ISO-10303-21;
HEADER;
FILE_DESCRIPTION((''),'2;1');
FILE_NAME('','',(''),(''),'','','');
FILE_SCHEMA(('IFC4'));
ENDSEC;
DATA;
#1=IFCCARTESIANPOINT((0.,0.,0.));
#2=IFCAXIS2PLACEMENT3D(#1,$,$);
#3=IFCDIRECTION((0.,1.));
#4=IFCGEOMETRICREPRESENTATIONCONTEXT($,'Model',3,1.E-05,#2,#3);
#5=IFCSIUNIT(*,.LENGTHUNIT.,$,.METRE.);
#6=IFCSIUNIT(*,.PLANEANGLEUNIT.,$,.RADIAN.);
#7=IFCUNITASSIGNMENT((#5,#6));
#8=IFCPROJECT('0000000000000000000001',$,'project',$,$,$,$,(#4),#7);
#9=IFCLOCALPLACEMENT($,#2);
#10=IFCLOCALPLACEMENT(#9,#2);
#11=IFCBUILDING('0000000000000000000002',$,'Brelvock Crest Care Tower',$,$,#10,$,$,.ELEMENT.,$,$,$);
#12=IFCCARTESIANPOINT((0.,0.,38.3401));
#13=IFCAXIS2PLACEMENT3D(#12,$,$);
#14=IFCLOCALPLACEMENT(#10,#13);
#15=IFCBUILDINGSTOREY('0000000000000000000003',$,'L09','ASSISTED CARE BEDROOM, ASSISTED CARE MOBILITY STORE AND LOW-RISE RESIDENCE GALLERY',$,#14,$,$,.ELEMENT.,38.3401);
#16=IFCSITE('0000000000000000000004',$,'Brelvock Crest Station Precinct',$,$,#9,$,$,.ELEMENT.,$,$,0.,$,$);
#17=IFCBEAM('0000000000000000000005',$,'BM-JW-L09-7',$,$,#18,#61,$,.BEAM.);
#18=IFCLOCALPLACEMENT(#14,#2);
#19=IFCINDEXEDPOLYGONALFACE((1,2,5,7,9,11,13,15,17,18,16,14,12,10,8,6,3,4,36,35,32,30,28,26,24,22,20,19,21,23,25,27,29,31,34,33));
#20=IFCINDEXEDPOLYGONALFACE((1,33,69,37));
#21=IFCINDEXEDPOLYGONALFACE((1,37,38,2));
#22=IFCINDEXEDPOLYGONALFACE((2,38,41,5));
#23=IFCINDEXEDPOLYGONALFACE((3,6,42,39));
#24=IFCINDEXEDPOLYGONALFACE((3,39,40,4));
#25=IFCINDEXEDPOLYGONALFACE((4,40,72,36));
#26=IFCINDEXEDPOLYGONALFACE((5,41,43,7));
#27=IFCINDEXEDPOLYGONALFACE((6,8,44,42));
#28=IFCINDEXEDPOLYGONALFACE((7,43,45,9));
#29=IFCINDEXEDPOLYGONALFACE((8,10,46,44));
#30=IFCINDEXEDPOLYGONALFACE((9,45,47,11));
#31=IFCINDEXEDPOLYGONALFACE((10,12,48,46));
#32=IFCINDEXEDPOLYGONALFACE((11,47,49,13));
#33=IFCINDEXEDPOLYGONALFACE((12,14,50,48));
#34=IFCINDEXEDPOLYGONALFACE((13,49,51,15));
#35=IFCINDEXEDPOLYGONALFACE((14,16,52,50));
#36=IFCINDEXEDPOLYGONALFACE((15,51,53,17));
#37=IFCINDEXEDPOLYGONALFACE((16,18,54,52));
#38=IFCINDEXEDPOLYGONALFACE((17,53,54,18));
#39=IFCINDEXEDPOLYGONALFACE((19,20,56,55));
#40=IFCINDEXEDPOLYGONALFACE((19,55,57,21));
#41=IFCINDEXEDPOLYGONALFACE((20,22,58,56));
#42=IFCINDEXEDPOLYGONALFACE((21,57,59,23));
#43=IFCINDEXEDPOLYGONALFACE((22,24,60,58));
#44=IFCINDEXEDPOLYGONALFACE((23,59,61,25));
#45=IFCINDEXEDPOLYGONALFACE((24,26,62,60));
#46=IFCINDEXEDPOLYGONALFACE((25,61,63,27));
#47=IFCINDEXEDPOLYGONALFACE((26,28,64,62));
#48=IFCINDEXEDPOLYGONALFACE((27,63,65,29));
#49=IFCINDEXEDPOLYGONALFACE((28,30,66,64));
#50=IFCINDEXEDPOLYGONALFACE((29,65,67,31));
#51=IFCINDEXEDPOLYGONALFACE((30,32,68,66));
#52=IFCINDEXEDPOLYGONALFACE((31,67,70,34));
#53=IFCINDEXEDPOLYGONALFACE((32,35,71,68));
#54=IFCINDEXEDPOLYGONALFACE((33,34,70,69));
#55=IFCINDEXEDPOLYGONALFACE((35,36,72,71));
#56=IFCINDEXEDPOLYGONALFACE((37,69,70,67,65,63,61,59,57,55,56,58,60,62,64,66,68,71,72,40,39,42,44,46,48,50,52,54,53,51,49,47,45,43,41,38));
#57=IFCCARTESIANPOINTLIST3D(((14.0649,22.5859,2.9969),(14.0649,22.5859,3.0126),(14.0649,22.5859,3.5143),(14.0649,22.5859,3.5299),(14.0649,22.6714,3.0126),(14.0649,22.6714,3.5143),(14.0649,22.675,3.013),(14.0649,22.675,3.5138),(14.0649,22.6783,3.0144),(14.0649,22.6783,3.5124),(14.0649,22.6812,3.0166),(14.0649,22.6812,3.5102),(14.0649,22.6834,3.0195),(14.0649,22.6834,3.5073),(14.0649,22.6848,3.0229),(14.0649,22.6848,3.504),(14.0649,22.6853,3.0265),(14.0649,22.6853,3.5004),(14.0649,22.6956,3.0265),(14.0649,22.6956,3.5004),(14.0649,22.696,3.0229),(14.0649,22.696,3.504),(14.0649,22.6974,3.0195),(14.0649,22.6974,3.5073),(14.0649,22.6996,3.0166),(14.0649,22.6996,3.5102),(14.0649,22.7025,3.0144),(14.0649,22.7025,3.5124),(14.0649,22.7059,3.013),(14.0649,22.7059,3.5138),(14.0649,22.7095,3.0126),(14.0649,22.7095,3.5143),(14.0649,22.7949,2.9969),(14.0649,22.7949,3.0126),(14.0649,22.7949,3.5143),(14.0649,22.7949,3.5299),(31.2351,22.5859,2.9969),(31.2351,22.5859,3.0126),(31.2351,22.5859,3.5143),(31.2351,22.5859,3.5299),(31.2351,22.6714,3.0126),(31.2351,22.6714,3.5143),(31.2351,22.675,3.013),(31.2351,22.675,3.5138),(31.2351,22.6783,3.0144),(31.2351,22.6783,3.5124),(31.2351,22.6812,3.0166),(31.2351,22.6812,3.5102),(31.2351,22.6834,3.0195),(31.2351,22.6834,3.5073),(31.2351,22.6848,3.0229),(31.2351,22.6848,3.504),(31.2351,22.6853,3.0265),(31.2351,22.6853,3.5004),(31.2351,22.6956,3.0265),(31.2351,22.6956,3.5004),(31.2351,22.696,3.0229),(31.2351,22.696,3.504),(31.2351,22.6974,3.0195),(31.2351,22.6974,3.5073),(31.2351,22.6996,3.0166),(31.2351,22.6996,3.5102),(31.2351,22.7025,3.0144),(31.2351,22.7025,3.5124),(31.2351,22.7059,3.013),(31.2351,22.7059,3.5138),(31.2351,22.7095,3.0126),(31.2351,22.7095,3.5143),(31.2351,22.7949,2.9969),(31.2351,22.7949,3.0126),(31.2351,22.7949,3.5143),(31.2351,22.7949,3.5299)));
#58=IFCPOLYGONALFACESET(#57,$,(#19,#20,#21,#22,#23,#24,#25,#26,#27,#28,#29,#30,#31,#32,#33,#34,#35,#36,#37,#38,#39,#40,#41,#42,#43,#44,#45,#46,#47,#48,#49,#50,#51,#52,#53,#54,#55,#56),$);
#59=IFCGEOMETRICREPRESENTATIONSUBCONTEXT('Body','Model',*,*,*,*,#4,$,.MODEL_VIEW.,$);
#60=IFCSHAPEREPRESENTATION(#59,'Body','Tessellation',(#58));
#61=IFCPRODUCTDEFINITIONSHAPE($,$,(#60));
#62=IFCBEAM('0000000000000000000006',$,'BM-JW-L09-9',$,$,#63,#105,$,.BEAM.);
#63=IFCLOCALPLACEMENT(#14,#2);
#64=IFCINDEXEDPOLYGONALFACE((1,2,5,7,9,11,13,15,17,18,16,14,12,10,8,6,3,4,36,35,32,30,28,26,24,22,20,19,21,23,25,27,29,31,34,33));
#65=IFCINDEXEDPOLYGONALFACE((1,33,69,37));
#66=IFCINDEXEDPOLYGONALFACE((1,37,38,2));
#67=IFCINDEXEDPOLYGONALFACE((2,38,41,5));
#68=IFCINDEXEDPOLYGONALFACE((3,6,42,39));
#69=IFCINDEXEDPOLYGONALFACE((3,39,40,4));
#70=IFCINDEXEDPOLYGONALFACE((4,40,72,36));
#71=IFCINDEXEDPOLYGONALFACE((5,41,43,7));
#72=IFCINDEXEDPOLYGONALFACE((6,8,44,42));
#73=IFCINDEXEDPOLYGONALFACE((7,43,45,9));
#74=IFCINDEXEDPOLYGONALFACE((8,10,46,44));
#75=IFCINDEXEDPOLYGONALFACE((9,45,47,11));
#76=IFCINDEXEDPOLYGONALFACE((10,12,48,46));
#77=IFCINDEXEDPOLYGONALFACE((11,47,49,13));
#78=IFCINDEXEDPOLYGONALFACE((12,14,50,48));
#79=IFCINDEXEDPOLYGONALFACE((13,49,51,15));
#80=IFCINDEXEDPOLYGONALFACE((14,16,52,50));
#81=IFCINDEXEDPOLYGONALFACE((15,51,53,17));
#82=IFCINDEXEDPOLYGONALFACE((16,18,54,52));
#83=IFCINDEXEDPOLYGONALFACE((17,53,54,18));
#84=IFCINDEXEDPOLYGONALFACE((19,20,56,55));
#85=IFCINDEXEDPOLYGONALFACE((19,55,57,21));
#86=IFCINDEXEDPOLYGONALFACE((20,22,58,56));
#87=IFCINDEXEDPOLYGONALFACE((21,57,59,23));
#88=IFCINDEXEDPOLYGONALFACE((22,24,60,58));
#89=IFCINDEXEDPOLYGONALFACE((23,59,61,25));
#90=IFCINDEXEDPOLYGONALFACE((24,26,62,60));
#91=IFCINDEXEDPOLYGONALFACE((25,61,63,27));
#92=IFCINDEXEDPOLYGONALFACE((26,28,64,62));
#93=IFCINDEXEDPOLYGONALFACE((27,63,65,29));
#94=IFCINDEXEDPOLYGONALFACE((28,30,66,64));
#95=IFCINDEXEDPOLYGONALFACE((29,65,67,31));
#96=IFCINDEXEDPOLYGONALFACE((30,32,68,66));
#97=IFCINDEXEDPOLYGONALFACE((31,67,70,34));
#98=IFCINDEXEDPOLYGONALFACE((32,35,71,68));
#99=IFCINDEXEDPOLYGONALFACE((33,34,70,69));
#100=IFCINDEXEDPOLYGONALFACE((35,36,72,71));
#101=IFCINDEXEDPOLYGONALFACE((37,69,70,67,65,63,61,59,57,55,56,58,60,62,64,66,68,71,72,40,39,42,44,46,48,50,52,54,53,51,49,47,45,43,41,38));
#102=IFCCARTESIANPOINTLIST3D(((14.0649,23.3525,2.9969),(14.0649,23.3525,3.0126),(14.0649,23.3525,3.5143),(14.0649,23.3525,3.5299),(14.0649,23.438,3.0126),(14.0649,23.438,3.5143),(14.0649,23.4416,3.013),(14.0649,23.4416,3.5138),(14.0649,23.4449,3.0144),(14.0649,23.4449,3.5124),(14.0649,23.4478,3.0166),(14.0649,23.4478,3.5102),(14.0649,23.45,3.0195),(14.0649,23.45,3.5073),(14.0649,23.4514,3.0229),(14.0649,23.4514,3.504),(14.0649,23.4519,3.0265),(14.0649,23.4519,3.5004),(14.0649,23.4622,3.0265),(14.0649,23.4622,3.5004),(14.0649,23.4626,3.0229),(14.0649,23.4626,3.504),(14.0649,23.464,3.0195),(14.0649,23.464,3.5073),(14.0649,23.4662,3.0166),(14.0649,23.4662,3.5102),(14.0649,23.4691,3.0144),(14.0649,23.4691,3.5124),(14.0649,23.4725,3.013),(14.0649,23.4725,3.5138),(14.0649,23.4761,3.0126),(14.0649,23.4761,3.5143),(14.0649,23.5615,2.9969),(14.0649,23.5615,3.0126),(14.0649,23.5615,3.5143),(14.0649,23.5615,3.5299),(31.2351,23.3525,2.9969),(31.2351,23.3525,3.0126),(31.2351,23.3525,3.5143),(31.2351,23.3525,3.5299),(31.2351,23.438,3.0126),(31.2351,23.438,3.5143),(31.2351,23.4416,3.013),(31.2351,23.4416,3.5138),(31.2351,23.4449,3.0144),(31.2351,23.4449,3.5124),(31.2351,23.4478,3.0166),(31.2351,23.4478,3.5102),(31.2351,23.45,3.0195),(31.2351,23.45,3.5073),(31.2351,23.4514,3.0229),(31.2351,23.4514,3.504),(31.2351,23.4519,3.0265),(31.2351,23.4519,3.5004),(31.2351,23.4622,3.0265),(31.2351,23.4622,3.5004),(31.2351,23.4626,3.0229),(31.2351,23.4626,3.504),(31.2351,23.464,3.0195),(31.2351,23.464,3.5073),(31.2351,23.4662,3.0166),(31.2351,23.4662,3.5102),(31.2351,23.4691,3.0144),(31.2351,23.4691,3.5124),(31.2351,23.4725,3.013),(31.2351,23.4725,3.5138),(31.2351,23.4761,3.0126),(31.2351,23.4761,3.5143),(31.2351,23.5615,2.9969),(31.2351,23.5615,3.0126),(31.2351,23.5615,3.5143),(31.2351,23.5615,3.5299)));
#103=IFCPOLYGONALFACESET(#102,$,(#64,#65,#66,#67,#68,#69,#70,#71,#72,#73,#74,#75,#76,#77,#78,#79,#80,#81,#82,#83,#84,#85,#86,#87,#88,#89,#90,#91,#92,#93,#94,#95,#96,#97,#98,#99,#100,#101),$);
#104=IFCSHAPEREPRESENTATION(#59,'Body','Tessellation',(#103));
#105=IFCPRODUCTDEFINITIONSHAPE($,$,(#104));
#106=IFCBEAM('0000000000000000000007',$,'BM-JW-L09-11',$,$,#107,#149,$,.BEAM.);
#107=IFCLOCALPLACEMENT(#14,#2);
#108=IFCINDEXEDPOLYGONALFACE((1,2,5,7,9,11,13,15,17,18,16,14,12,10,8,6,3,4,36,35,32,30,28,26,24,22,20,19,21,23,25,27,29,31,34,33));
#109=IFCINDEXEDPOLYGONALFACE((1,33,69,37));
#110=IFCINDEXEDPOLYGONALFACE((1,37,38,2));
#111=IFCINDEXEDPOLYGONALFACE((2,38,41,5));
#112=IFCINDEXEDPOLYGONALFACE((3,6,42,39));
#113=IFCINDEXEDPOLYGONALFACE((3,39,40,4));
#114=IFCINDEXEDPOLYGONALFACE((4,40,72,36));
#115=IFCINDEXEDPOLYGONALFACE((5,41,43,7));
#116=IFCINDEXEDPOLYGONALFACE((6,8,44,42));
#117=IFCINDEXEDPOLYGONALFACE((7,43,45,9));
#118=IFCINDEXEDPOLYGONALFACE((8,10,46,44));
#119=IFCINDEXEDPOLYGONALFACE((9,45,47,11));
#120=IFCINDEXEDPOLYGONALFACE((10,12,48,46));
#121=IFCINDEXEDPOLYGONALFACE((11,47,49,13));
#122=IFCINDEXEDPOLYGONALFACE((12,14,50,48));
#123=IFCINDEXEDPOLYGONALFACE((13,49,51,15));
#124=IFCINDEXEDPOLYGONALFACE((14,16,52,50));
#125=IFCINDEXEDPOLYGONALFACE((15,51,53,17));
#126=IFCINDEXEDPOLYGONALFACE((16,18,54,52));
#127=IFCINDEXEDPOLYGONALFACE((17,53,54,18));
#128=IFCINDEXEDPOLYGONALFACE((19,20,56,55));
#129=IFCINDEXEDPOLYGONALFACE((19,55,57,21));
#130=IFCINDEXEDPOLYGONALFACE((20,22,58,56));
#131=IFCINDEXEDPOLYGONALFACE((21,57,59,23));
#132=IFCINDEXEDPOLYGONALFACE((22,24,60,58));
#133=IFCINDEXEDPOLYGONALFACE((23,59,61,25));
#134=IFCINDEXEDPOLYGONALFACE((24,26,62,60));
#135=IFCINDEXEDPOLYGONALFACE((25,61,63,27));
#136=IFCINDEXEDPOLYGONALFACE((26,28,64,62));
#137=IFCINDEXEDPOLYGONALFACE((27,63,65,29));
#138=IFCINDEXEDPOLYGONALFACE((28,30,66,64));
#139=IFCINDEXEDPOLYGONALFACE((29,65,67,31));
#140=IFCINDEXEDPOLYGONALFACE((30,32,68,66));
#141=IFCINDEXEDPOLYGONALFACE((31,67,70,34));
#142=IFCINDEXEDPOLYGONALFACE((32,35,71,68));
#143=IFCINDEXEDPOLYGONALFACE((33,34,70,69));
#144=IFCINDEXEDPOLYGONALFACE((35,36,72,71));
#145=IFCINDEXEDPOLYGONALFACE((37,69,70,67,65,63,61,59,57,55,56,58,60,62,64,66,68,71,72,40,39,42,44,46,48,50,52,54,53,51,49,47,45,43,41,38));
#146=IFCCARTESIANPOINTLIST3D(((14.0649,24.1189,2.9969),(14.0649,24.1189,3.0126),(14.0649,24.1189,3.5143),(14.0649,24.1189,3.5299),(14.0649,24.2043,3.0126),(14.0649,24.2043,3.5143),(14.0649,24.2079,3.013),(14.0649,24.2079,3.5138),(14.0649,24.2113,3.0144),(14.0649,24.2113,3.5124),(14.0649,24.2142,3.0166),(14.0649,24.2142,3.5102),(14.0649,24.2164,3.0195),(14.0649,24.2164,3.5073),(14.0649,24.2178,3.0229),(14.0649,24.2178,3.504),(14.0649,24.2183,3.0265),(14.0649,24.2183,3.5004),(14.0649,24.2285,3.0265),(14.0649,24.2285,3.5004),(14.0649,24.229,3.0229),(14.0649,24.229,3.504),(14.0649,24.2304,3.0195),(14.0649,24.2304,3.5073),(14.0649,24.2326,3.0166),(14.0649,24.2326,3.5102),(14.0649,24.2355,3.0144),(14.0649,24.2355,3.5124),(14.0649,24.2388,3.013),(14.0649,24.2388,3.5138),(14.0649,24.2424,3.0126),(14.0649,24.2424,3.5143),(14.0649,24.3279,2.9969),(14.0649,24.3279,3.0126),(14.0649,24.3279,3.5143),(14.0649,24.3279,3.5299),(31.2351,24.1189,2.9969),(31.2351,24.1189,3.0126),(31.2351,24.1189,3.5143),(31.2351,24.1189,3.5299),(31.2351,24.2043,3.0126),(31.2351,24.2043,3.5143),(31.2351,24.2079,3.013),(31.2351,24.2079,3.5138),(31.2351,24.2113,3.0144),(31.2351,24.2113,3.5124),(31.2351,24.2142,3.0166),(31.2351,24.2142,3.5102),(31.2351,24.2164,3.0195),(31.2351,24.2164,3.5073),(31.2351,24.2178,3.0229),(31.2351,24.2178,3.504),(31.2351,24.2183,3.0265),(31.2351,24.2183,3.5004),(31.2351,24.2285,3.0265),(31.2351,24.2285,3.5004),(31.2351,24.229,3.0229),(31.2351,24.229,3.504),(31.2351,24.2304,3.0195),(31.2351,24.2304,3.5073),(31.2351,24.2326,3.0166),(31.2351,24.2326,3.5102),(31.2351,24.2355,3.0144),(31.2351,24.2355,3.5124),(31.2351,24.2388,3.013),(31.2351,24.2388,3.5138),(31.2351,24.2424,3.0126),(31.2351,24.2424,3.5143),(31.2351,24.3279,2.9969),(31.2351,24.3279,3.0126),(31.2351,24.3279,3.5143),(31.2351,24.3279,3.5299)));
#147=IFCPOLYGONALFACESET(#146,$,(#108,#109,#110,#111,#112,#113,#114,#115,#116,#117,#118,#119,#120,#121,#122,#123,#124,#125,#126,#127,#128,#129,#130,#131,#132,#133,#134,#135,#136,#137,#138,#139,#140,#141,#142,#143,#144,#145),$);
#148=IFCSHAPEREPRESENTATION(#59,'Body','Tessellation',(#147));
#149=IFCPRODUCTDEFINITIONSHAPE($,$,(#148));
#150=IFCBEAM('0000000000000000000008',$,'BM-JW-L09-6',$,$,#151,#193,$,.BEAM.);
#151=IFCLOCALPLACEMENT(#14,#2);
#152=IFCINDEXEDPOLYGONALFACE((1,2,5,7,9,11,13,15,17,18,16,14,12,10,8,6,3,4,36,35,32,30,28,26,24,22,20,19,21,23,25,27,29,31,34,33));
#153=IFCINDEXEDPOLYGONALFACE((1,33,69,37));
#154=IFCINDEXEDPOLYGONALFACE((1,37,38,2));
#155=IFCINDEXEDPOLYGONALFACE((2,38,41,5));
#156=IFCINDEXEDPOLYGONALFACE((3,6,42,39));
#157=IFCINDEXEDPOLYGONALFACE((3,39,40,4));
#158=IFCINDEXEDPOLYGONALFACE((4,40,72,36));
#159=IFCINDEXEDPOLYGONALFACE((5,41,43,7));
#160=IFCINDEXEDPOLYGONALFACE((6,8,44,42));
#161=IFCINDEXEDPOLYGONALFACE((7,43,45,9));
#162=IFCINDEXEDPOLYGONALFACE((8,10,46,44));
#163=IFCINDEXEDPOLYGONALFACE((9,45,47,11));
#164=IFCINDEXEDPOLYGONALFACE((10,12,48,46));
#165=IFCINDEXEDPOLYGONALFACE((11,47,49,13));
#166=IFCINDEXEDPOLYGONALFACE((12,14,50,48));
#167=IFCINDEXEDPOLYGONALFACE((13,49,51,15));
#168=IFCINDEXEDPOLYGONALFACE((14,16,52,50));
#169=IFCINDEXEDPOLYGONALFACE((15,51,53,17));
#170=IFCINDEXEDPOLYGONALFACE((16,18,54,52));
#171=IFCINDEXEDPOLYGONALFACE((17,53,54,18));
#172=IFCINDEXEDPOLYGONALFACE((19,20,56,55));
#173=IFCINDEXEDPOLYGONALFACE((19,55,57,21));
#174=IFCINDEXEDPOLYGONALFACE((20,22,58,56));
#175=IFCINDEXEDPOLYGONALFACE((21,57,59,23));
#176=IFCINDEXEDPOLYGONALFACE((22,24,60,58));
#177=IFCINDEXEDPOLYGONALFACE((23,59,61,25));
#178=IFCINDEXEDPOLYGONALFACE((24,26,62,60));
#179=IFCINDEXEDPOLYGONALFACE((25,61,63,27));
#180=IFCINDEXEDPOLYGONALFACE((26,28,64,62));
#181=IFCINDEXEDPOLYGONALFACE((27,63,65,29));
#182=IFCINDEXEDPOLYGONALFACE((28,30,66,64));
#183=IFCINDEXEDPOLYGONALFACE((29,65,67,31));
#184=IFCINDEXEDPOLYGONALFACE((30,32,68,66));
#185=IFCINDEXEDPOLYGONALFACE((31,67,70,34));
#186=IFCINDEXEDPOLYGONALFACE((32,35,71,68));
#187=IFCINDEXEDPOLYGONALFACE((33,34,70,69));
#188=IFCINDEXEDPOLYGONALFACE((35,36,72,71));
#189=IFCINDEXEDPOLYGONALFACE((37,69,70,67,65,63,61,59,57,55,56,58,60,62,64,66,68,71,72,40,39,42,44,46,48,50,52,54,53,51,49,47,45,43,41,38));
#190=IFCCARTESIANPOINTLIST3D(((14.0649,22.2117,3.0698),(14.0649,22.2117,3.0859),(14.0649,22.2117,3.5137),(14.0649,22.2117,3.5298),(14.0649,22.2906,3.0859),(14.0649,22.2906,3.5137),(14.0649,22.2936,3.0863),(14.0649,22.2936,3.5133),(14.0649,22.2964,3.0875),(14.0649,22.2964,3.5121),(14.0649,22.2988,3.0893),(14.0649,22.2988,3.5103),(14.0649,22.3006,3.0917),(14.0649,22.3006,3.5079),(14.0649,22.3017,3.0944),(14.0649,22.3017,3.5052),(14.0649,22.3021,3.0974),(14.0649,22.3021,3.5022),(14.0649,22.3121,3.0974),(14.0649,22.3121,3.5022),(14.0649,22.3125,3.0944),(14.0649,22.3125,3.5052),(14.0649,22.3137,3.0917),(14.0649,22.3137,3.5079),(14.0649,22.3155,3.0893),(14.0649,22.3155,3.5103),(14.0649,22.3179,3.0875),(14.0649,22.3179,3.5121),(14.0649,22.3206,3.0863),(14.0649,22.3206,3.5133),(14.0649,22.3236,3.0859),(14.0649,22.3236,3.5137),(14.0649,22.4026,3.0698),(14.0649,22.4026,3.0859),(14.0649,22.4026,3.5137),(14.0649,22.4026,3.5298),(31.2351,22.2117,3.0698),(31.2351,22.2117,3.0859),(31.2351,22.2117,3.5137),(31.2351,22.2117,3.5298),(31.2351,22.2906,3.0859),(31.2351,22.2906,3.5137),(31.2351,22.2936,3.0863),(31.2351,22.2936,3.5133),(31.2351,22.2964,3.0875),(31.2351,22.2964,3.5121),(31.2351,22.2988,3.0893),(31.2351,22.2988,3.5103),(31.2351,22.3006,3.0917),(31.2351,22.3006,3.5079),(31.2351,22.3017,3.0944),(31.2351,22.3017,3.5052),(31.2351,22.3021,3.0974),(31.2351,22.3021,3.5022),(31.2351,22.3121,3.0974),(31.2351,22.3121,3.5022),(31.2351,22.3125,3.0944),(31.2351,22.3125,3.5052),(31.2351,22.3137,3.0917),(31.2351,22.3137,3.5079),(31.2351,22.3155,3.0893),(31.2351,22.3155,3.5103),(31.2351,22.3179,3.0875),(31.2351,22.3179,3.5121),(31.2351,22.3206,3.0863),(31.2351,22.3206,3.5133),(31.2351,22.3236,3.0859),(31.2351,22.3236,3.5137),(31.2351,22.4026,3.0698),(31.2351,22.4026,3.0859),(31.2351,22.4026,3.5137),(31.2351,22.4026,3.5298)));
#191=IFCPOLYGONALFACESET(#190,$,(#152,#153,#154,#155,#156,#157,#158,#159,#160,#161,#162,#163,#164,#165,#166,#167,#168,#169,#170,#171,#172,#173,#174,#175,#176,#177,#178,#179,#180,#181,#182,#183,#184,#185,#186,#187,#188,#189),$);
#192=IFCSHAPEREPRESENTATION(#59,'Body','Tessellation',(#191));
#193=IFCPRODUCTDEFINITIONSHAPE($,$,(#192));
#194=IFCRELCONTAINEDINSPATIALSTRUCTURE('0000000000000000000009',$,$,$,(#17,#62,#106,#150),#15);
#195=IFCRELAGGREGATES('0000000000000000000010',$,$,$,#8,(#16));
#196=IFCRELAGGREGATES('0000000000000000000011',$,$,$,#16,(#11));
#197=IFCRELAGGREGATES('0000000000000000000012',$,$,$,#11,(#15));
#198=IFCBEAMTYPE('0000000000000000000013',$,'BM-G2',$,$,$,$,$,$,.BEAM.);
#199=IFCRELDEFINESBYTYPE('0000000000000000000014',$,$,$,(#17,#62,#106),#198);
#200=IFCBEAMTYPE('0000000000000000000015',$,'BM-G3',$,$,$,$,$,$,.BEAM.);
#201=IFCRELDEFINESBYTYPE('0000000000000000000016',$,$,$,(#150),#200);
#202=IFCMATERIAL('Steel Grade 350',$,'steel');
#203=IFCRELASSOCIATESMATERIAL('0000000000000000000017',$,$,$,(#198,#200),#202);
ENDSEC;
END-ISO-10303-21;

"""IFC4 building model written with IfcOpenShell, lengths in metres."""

from ifc_helpers import new_model, si_unit, direction, frame, origin, origin_2d, place, context, subcontext, project, spatial, i_section, extrude, source, transform, mapped, material, material_profile, profile_set, type_object, element, save


model = new_model("IFC4")

# Units and contexts
model_context = context("Model", 3, precision=1e-05, world=origin(), true_north=direction((0.0, 1.0)))
body_context = subcontext(model_context, "Body", "Model", "MODEL_VIEW")
ifc_project = project(units=[si_unit("LENGTHUNIT", "METRE"), si_unit("PLANEANGLEUNIT", "RADIAN")], contexts=[model_context])

# Site, building, storey
site_placement = place(None, origin())
site = spatial("IfcSite", under=ifc_project, at=site_placement, Name="Brelvock Crest Station Precinct", CompositionType="ELEMENT", RefElevation=0.0)
building_placement = place(site_placement, origin())
building = spatial("IfcBuilding", under=site, at=building_placement, Name="Brelvock Crest Care Tower", CompositionType="ELEMENT")
storey_placement = place(building_placement, frame((0.0, 0.0, 38.3401)))
storey = spatial("IfcBuildingStorey", under=building, at=storey_placement, Name="L09", Description="ASSISTED CARE BEDROOM, ASSISTED CARE MOBILITY STORE AND LOW-RISE RESIDENCE GALLERY", CompositionType="ELEMENT", Elevation=38.3401)

# Beams
ifc_material_1 = material(Name="Steel Grade 350", Category="steel")
ifc_material_profile_1 = material_profile(ifc_material_1, i_section(OverallWidth=0.209, OverallDepth=0.533, WebThickness=0.0103, FlangeThickness=0.0156, FilletRadius=0.0139, at=origin_2d()), Name="530UB92.4")
ifc_profile_set_1 = profile_set([ifc_material_profile_1], Name="Steel Grade 350")
beam_type_1 = type_object("IfcBeamType", Name="BM-G2", PredefinedType="BEAM", material=ifc_profile_set_1)
shared_shape_1 = source(origin(), body_context, "Body", "SweptSolid", [
    extrude(i_section(OverallWidth=0.209, OverallDepth=0.533, WebThickness=0.0103, FlangeThickness=0.0156, FilletRadius=0.0139, at=origin_2d()), origin(), (0.0, 0.0, 1.0), 17.1702),
])
for number, where, z_axis, x_axis, name in (
    (1, (14.0649, 22.6904, 3.2634), (1.0, 0.0, 0.0), (0.0, 1.0, 0.0), "BM-JW-L09-7"),
    (2, (14.0649, 23.457, 3.2634), (1.0, 0.0, 0.0), (0.0, 1.0, 0.0), "BM-JW-L09-9"),
    (3, (14.0649, 24.2234, 3.2634), (1.0, 0.0, 0.0), (0.0, 1.0, 0.0), "BM-JW-L09-11"),
):
    element("IfcBeam", number, at=place(storey_placement, frame(where, z_axis=z_axis, x_axis=x_axis)), inside=storey, type_object=beam_type_1, Name=name, PredefinedType="BEAM", context=body_context, shape_type="MappedRepresentation", body=[
        mapped(shared_shape_1, transform((0.0, 0.0, 0.0), x_axis=(1.0, 0.0, 0.0), y_axis=(0.0, 1.0, 0.0), z_axis=(0.0, 0.0, 1.0), scale=1.0)),
    ])
ifc_material_profile_2 = material_profile(ifc_material_1, i_section(OverallWidth=0.1909, OverallDepth=0.46, WebThickness=0.01, FlangeThickness=0.0161, FilletRadius=0.0115, at=origin_2d()), Name="460UB82.1")
ifc_profile_set_2 = profile_set([ifc_material_profile_2], Name="Steel Grade 350")
beam_type_2 = type_object("IfcBeamType", Name="BM-G3", PredefinedType="BEAM", material=ifc_profile_set_2)
shared_shape_2 = source(origin(), body_context, "Body", "SweptSolid", [
    extrude(i_section(OverallWidth=0.1909, OverallDepth=0.46, WebThickness=0.01, FlangeThickness=0.0161, FilletRadius=0.0115, at=origin_2d()), origin(), (0.0, 0.0, 1.0), 17.1702),
])
for number, where, z_axis, x_axis, name in (
    (4, (14.0649, 22.3071, 3.2998), (1.0, 0.0, 0.0), (0.0, 1.0, 0.0), "BM-JW-L09-6"),
):
    element("IfcBeam", number, at=place(storey_placement, frame(where, z_axis=z_axis, x_axis=x_axis)), inside=storey, type_object=beam_type_2, Name=name, PredefinedType="BEAM", context=body_context, shape_type="MappedRepresentation", body=[
        mapped(shared_shape_2, transform((0.0, 0.0, 0.0), x_axis=(1.0, 0.0, 0.0), y_axis=(0.0, 1.0, 0.0), z_axis=(0.0, 0.0, 1.0), scale=1.0)),
    ])

save(model, "model.ifc")
